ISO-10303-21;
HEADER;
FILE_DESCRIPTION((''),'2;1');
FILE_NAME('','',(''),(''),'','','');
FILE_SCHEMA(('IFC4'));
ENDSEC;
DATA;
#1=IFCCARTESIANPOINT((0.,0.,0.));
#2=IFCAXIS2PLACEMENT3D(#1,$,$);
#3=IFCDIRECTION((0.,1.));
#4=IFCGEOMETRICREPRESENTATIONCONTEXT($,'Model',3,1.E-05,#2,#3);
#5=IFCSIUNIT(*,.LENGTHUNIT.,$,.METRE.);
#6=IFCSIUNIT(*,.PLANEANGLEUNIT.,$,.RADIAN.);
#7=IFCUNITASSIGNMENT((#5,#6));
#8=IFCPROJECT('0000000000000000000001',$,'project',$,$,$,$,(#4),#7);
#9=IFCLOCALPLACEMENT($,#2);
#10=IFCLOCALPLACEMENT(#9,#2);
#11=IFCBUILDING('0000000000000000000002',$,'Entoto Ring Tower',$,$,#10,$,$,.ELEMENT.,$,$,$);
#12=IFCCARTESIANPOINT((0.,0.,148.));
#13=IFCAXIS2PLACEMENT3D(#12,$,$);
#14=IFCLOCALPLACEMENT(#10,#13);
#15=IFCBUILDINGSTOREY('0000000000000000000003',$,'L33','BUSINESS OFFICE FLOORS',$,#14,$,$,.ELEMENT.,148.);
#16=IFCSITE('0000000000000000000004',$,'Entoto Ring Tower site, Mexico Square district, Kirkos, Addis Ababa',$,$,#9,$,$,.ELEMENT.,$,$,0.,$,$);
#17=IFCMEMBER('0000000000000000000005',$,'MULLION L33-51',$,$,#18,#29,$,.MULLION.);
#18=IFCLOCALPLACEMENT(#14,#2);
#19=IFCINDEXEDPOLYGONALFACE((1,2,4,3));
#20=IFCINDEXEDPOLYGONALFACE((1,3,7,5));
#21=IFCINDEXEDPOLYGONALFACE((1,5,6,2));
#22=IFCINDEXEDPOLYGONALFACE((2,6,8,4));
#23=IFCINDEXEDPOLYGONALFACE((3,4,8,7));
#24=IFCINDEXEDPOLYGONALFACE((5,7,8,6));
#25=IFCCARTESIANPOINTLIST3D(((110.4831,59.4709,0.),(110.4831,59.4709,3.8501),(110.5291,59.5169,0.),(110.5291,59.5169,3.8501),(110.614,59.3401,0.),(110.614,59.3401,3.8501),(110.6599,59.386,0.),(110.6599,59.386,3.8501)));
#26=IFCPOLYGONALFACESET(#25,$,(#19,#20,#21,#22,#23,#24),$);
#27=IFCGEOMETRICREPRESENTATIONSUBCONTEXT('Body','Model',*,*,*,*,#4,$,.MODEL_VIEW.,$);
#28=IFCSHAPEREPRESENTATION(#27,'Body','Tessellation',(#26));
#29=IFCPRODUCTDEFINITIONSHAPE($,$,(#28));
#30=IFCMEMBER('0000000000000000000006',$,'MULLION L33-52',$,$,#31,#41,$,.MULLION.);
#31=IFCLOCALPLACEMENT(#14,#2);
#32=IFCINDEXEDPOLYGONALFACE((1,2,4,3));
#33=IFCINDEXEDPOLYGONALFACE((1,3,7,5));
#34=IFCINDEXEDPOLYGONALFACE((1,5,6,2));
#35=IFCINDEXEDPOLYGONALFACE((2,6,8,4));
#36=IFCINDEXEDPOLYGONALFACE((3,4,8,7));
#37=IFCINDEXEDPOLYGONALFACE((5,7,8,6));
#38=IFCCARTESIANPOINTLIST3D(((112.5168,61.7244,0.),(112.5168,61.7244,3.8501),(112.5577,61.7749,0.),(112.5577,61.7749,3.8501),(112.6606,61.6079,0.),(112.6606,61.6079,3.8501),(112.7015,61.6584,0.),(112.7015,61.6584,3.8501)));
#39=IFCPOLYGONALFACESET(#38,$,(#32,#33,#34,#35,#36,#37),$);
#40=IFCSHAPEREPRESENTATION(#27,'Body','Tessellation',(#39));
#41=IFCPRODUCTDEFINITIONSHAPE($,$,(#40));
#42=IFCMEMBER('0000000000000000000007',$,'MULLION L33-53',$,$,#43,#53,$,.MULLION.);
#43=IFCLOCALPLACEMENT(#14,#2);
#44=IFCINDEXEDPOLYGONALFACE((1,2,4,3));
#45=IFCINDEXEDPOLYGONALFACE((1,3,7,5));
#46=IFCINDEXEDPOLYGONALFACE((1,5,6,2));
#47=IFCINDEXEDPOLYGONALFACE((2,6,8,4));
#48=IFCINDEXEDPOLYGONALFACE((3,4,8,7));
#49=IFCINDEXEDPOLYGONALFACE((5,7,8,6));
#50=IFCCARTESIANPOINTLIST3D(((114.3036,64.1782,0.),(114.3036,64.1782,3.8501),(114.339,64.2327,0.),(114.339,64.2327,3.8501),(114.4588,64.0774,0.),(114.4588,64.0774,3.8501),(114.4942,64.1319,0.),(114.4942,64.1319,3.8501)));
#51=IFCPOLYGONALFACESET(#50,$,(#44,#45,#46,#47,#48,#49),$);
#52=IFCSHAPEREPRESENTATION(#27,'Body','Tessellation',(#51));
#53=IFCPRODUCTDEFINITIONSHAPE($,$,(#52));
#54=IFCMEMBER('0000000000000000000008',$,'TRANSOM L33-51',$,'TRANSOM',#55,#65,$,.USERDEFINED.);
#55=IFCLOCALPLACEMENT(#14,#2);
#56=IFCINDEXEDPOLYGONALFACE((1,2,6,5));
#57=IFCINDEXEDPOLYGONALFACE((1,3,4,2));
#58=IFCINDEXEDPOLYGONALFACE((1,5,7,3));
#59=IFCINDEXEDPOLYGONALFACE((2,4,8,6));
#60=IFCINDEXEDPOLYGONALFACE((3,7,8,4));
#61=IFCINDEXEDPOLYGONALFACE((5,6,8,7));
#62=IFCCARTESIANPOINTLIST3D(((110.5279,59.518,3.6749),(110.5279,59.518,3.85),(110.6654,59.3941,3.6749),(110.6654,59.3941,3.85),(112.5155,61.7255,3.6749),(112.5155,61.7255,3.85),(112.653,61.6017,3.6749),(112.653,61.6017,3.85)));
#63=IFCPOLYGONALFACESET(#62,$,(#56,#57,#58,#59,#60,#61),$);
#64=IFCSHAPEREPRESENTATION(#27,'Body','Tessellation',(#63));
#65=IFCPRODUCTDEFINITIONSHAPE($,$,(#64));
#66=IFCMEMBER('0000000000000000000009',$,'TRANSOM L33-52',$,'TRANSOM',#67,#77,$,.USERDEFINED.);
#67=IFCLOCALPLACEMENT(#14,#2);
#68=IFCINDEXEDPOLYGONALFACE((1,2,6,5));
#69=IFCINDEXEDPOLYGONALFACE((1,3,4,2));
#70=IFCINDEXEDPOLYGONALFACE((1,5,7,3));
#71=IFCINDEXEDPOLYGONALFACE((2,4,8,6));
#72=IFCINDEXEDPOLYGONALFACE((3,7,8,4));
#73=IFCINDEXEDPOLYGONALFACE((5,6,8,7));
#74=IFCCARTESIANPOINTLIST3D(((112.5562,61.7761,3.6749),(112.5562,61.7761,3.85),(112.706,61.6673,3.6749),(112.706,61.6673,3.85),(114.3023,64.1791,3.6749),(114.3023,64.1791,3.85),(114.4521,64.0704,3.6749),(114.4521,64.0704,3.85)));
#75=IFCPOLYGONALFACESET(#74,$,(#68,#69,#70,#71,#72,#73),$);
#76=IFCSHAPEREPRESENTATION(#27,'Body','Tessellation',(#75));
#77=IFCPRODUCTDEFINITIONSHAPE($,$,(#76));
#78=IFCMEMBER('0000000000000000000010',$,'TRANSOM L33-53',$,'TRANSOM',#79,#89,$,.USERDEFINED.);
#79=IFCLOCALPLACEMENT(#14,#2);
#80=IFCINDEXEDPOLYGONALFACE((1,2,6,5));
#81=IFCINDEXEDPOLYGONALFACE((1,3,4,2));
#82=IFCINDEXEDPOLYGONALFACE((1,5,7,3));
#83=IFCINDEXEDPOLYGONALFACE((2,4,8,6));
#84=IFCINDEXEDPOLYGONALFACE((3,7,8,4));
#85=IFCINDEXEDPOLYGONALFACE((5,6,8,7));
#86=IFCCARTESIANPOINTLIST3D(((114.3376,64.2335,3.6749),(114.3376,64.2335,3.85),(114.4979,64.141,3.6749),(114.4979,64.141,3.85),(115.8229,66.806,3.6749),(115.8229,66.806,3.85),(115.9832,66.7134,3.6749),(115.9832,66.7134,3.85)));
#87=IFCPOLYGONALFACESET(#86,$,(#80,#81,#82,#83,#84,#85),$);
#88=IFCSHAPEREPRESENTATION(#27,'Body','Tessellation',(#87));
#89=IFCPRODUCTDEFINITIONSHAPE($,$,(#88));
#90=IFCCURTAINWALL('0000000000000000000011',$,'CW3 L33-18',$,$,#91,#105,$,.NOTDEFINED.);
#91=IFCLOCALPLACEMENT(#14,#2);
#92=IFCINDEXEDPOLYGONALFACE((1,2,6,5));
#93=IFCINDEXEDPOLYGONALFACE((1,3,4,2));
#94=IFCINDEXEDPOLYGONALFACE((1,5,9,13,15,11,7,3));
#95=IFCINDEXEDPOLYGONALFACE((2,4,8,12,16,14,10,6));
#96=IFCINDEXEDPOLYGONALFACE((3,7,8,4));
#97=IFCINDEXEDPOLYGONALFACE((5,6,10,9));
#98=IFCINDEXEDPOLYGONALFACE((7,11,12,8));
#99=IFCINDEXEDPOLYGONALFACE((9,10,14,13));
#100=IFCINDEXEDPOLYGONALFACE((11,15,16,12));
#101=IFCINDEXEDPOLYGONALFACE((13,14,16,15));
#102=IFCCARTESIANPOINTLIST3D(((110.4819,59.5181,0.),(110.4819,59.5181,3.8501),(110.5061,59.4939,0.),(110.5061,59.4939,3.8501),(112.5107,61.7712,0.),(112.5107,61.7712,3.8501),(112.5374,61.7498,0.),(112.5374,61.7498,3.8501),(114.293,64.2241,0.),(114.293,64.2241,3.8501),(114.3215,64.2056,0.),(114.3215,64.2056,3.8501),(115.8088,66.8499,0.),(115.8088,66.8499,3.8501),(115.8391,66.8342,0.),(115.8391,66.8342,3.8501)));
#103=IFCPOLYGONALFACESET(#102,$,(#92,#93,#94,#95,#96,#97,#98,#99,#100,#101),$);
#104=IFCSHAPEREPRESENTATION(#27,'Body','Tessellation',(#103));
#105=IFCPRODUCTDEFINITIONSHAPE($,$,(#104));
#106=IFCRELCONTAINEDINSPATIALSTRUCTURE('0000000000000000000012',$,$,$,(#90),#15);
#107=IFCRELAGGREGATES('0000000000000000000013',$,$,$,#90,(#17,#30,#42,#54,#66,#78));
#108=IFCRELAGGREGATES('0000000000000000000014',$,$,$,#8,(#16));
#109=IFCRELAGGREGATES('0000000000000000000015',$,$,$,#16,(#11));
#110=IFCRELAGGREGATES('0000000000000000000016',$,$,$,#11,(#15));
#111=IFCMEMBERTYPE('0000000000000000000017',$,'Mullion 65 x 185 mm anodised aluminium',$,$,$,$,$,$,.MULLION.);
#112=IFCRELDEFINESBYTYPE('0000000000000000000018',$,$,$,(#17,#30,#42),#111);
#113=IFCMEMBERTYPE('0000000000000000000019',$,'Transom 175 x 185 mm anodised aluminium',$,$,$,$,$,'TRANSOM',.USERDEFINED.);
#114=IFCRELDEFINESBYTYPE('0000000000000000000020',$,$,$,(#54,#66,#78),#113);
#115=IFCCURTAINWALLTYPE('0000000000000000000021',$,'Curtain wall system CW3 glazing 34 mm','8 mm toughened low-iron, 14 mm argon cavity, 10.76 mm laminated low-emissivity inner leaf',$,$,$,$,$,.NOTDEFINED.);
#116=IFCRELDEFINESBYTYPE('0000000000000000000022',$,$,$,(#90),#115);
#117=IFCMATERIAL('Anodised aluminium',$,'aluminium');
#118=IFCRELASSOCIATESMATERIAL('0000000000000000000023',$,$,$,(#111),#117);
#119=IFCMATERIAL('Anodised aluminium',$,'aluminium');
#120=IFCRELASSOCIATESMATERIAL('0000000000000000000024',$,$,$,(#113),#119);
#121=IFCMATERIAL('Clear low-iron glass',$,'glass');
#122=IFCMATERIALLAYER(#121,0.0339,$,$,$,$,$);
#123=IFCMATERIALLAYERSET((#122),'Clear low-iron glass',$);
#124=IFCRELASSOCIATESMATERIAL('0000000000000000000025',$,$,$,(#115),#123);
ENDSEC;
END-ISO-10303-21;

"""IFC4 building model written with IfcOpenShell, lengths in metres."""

from ifc_helpers import new_model, si_unit, direction, frame, origin, origin_2d, place, context, subcontext, project, spatial, polyline, rectangle, outline, extrude, material, layer, layer_set, material_profile, profile_set, type_object, element, aggregate, save


model = new_model("IFC4")

# Units and contexts
model_context = context("Model", 3, precision=1e-05, world=origin(), true_north=direction((0.0, 1.0)))
body_context = subcontext(model_context, "Body", "Model", "MODEL_VIEW")
ifc_project = project(units=[si_unit("LENGTHUNIT", "METRE"), si_unit("PLANEANGLEUNIT", "RADIAN")], contexts=[model_context])

# Members
ifc_material_1 = material(Name="Anodised aluminium", Category="aluminium")
ifc_material_profile_1 = material_profile(ifc_material_1, rectangle(XDim=0.0649, YDim=0.1851, at=origin_2d()), Name="Mullion 65 x 185 mm anodised aluminium")
ifc_profile_set_1 = profile_set([ifc_material_profile_1], Name="Anodised aluminium")
member_type_1 = type_object("IfcMemberType", Name="Mullion 65 x 185 mm anodised aluminium", PredefinedType="MULLION", material=ifc_profile_set_1)
site_placement = place(None, origin())
building_placement = place(site_placement, origin())
storey_placement = place(building_placement, frame((0.0, 0.0, 148.0)))
member_1_placement = place(storey_placement, frame((110.5715, 59.4285, 0.0), z_axis=(0.0, 0.0, 1.0), x_axis=(0.707107, 0.707107, 0.0)))
member_1 = element("IfcMember", 1, at=member_1_placement, type_object=member_type_1, Name="MULLION L33-51", PredefinedType="MULLION", context=body_context, shape_type="SweptSolid", body=[
    extrude(rectangle(XDim=0.0649, YDim=0.1851, at=origin_2d()), origin(), (0.0, 0.0, 1.0), 3.8501),
])
member_2_placement = place(storey_placement, frame((112.6091, 61.6914, 0.0), z_axis=(0.0, 0.0, 1.0), x_axis=(0.62932, 0.777146, 0.0)))
member_2 = element("IfcMember", 2, at=member_2_placement, type_object=member_type_1, Name="MULLION L33-52", PredefinedType="MULLION", context=body_context, shape_type="SweptSolid", body=[
    extrude(rectangle(XDim=0.0649, YDim=0.1851, at=origin_2d()), origin(), (0.0, 0.0, 1.0), 3.8501),
])
member_3_placement = place(storey_placement, frame((114.3989, 64.155, 0.0), z_axis=(0.0, 0.0, 1.0), x_axis=(0.544639, 0.838671, 0.0)))
member_3 = element("IfcMember", 3, at=member_3_placement, type_object=member_type_1, Name="MULLION L33-53", PredefinedType="MULLION", context=body_context, shape_type="SweptSolid", body=[
    extrude(rectangle(XDim=0.0649, YDim=0.1851, at=origin_2d()), origin(), (0.0, 0.0, 1.0), 3.8501),
])
ifc_material_2 = material(Name="Anodised aluminium", Category="aluminium")
ifc_material_profile_2 = material_profile(ifc_material_2, rectangle(XDim=0.1851, YDim=0.175, at=origin_2d()), Name="Transom 175 x 185 mm anodised aluminium")
ifc_profile_set_2 = profile_set([ifc_material_profile_2], Name="Anodised aluminium")
member_type_2 = type_object("IfcMemberType", Name="Transom 175 x 185 mm anodised aluminium", ElementType="TRANSOM", PredefinedType="USERDEFINED", material=ifc_profile_set_2)
member_4_placement = place(storey_placement, frame((110.5967, 59.4561, 3.7625), z_axis=(0.66911, 0.743163, 0.0), x_axis=(-0.743163, 0.66911, 0.0)))
member_4 = element("IfcMember", 4, at=member_4_placement, type_object=member_type_2, Name="TRANSOM L33-51", ObjectType="TRANSOM", PredefinedType="USERDEFINED", context=body_context, shape_type="SweptSolid", body=[
    extrude(rectangle(XDim=0.1851, YDim=0.175, at=origin_2d()), origin(), (0.0, 0.0, 1.0), 2.9705),
])
member_5_placement = place(storey_placement, frame((112.6311, 61.7217, 3.7625), z_axis=(0.58782, 0.808992, 0.0), x_axis=(-0.808992, 0.58782, 0.0)))
member_5 = element("IfcMember", 5, at=member_5_placement, type_object=member_type_2, Name="TRANSOM L33-52", ObjectType="TRANSOM", PredefinedType="USERDEFINED", context=body_context, shape_type="SweptSolid", body=[
    extrude(rectangle(XDim=0.1851, YDim=0.175, at=origin_2d()), origin(), (0.0, 0.0, 1.0), 2.9705),
])
member_6_placement = place(storey_placement, frame((114.4177, 64.1873, 3.7625), z_axis=(0.500028, 0.866009, 0.0), x_axis=(-0.866009, 0.500028, 0.0)))
member_6 = element("IfcMember", 6, at=member_6_placement, type_object=member_type_2, Name="TRANSOM L33-53", ObjectType="TRANSOM", PredefinedType="USERDEFINED", context=body_context, shape_type="SweptSolid", body=[
    extrude(rectangle(XDim=0.1851, YDim=0.175, at=origin_2d()), origin(), (0.0, 0.0, 1.0), 2.9705),
])

# Site, building, storey
site = spatial("IfcSite", under=ifc_project, at=site_placement, Name="Entoto Ring Tower site, Mexico Square district, Kirkos, Addis Ababa", CompositionType="ELEMENT", RefElevation=0.0)
building = spatial("IfcBuilding", under=site, at=building_placement, Name="Entoto Ring Tower", CompositionType="ELEMENT")
storey = spatial("IfcBuildingStorey", under=building, at=storey_placement, Name="L33", Description="BUSINESS OFFICE FLOORS", CompositionType="ELEMENT", Elevation=148.0)

# Curtain wall
ifc_material_3 = material(Name="Clear low-iron glass", Category="glass")
ifc_layer_1 = layer(ifc_material_3, 0.0339)
ifc_layer_set_1 = layer_set([ifc_layer_1], Name="Clear low-iron glass")
curtain_wall_type = type_object("IfcCurtainWallType", Name="Curtain wall system CW3 glazing 34 mm", Description="8 mm toughened low-iron, 14 mm argon cavity, 10.76 mm laminated low-emissivity inner leaf", PredefinedType="NOTDEFINED", material=ifc_layer_set_1)
curtain_wall_1_placement = place(storey_placement, origin())
curtain_wall_1 = element("IfcCurtainWall", 7, at=curtain_wall_1_placement, inside=storey, type_object=curtain_wall_type, Name="CW3 L33-18", PredefinedType="NOTDEFINED", context=body_context, shape_type="SweptSolid", body=[
    extrude(outline(polyline([(110.5061, 59.4939), (112.5374, 61.7498), (114.3215, 64.2056), (115.8391, 66.8342), (115.8088, 66.8499), (114.293, 64.2241), (112.5107, 61.7712), (110.4819, 59.5181), (110.5061, 59.4939)])), origin(), (0.0, 0.0, 1.0), 3.8501),
])
aggregate(curtain_wall_1, [member_1, member_2, member_3, member_4, member_5, member_6])

save(model, "model.ifc")
